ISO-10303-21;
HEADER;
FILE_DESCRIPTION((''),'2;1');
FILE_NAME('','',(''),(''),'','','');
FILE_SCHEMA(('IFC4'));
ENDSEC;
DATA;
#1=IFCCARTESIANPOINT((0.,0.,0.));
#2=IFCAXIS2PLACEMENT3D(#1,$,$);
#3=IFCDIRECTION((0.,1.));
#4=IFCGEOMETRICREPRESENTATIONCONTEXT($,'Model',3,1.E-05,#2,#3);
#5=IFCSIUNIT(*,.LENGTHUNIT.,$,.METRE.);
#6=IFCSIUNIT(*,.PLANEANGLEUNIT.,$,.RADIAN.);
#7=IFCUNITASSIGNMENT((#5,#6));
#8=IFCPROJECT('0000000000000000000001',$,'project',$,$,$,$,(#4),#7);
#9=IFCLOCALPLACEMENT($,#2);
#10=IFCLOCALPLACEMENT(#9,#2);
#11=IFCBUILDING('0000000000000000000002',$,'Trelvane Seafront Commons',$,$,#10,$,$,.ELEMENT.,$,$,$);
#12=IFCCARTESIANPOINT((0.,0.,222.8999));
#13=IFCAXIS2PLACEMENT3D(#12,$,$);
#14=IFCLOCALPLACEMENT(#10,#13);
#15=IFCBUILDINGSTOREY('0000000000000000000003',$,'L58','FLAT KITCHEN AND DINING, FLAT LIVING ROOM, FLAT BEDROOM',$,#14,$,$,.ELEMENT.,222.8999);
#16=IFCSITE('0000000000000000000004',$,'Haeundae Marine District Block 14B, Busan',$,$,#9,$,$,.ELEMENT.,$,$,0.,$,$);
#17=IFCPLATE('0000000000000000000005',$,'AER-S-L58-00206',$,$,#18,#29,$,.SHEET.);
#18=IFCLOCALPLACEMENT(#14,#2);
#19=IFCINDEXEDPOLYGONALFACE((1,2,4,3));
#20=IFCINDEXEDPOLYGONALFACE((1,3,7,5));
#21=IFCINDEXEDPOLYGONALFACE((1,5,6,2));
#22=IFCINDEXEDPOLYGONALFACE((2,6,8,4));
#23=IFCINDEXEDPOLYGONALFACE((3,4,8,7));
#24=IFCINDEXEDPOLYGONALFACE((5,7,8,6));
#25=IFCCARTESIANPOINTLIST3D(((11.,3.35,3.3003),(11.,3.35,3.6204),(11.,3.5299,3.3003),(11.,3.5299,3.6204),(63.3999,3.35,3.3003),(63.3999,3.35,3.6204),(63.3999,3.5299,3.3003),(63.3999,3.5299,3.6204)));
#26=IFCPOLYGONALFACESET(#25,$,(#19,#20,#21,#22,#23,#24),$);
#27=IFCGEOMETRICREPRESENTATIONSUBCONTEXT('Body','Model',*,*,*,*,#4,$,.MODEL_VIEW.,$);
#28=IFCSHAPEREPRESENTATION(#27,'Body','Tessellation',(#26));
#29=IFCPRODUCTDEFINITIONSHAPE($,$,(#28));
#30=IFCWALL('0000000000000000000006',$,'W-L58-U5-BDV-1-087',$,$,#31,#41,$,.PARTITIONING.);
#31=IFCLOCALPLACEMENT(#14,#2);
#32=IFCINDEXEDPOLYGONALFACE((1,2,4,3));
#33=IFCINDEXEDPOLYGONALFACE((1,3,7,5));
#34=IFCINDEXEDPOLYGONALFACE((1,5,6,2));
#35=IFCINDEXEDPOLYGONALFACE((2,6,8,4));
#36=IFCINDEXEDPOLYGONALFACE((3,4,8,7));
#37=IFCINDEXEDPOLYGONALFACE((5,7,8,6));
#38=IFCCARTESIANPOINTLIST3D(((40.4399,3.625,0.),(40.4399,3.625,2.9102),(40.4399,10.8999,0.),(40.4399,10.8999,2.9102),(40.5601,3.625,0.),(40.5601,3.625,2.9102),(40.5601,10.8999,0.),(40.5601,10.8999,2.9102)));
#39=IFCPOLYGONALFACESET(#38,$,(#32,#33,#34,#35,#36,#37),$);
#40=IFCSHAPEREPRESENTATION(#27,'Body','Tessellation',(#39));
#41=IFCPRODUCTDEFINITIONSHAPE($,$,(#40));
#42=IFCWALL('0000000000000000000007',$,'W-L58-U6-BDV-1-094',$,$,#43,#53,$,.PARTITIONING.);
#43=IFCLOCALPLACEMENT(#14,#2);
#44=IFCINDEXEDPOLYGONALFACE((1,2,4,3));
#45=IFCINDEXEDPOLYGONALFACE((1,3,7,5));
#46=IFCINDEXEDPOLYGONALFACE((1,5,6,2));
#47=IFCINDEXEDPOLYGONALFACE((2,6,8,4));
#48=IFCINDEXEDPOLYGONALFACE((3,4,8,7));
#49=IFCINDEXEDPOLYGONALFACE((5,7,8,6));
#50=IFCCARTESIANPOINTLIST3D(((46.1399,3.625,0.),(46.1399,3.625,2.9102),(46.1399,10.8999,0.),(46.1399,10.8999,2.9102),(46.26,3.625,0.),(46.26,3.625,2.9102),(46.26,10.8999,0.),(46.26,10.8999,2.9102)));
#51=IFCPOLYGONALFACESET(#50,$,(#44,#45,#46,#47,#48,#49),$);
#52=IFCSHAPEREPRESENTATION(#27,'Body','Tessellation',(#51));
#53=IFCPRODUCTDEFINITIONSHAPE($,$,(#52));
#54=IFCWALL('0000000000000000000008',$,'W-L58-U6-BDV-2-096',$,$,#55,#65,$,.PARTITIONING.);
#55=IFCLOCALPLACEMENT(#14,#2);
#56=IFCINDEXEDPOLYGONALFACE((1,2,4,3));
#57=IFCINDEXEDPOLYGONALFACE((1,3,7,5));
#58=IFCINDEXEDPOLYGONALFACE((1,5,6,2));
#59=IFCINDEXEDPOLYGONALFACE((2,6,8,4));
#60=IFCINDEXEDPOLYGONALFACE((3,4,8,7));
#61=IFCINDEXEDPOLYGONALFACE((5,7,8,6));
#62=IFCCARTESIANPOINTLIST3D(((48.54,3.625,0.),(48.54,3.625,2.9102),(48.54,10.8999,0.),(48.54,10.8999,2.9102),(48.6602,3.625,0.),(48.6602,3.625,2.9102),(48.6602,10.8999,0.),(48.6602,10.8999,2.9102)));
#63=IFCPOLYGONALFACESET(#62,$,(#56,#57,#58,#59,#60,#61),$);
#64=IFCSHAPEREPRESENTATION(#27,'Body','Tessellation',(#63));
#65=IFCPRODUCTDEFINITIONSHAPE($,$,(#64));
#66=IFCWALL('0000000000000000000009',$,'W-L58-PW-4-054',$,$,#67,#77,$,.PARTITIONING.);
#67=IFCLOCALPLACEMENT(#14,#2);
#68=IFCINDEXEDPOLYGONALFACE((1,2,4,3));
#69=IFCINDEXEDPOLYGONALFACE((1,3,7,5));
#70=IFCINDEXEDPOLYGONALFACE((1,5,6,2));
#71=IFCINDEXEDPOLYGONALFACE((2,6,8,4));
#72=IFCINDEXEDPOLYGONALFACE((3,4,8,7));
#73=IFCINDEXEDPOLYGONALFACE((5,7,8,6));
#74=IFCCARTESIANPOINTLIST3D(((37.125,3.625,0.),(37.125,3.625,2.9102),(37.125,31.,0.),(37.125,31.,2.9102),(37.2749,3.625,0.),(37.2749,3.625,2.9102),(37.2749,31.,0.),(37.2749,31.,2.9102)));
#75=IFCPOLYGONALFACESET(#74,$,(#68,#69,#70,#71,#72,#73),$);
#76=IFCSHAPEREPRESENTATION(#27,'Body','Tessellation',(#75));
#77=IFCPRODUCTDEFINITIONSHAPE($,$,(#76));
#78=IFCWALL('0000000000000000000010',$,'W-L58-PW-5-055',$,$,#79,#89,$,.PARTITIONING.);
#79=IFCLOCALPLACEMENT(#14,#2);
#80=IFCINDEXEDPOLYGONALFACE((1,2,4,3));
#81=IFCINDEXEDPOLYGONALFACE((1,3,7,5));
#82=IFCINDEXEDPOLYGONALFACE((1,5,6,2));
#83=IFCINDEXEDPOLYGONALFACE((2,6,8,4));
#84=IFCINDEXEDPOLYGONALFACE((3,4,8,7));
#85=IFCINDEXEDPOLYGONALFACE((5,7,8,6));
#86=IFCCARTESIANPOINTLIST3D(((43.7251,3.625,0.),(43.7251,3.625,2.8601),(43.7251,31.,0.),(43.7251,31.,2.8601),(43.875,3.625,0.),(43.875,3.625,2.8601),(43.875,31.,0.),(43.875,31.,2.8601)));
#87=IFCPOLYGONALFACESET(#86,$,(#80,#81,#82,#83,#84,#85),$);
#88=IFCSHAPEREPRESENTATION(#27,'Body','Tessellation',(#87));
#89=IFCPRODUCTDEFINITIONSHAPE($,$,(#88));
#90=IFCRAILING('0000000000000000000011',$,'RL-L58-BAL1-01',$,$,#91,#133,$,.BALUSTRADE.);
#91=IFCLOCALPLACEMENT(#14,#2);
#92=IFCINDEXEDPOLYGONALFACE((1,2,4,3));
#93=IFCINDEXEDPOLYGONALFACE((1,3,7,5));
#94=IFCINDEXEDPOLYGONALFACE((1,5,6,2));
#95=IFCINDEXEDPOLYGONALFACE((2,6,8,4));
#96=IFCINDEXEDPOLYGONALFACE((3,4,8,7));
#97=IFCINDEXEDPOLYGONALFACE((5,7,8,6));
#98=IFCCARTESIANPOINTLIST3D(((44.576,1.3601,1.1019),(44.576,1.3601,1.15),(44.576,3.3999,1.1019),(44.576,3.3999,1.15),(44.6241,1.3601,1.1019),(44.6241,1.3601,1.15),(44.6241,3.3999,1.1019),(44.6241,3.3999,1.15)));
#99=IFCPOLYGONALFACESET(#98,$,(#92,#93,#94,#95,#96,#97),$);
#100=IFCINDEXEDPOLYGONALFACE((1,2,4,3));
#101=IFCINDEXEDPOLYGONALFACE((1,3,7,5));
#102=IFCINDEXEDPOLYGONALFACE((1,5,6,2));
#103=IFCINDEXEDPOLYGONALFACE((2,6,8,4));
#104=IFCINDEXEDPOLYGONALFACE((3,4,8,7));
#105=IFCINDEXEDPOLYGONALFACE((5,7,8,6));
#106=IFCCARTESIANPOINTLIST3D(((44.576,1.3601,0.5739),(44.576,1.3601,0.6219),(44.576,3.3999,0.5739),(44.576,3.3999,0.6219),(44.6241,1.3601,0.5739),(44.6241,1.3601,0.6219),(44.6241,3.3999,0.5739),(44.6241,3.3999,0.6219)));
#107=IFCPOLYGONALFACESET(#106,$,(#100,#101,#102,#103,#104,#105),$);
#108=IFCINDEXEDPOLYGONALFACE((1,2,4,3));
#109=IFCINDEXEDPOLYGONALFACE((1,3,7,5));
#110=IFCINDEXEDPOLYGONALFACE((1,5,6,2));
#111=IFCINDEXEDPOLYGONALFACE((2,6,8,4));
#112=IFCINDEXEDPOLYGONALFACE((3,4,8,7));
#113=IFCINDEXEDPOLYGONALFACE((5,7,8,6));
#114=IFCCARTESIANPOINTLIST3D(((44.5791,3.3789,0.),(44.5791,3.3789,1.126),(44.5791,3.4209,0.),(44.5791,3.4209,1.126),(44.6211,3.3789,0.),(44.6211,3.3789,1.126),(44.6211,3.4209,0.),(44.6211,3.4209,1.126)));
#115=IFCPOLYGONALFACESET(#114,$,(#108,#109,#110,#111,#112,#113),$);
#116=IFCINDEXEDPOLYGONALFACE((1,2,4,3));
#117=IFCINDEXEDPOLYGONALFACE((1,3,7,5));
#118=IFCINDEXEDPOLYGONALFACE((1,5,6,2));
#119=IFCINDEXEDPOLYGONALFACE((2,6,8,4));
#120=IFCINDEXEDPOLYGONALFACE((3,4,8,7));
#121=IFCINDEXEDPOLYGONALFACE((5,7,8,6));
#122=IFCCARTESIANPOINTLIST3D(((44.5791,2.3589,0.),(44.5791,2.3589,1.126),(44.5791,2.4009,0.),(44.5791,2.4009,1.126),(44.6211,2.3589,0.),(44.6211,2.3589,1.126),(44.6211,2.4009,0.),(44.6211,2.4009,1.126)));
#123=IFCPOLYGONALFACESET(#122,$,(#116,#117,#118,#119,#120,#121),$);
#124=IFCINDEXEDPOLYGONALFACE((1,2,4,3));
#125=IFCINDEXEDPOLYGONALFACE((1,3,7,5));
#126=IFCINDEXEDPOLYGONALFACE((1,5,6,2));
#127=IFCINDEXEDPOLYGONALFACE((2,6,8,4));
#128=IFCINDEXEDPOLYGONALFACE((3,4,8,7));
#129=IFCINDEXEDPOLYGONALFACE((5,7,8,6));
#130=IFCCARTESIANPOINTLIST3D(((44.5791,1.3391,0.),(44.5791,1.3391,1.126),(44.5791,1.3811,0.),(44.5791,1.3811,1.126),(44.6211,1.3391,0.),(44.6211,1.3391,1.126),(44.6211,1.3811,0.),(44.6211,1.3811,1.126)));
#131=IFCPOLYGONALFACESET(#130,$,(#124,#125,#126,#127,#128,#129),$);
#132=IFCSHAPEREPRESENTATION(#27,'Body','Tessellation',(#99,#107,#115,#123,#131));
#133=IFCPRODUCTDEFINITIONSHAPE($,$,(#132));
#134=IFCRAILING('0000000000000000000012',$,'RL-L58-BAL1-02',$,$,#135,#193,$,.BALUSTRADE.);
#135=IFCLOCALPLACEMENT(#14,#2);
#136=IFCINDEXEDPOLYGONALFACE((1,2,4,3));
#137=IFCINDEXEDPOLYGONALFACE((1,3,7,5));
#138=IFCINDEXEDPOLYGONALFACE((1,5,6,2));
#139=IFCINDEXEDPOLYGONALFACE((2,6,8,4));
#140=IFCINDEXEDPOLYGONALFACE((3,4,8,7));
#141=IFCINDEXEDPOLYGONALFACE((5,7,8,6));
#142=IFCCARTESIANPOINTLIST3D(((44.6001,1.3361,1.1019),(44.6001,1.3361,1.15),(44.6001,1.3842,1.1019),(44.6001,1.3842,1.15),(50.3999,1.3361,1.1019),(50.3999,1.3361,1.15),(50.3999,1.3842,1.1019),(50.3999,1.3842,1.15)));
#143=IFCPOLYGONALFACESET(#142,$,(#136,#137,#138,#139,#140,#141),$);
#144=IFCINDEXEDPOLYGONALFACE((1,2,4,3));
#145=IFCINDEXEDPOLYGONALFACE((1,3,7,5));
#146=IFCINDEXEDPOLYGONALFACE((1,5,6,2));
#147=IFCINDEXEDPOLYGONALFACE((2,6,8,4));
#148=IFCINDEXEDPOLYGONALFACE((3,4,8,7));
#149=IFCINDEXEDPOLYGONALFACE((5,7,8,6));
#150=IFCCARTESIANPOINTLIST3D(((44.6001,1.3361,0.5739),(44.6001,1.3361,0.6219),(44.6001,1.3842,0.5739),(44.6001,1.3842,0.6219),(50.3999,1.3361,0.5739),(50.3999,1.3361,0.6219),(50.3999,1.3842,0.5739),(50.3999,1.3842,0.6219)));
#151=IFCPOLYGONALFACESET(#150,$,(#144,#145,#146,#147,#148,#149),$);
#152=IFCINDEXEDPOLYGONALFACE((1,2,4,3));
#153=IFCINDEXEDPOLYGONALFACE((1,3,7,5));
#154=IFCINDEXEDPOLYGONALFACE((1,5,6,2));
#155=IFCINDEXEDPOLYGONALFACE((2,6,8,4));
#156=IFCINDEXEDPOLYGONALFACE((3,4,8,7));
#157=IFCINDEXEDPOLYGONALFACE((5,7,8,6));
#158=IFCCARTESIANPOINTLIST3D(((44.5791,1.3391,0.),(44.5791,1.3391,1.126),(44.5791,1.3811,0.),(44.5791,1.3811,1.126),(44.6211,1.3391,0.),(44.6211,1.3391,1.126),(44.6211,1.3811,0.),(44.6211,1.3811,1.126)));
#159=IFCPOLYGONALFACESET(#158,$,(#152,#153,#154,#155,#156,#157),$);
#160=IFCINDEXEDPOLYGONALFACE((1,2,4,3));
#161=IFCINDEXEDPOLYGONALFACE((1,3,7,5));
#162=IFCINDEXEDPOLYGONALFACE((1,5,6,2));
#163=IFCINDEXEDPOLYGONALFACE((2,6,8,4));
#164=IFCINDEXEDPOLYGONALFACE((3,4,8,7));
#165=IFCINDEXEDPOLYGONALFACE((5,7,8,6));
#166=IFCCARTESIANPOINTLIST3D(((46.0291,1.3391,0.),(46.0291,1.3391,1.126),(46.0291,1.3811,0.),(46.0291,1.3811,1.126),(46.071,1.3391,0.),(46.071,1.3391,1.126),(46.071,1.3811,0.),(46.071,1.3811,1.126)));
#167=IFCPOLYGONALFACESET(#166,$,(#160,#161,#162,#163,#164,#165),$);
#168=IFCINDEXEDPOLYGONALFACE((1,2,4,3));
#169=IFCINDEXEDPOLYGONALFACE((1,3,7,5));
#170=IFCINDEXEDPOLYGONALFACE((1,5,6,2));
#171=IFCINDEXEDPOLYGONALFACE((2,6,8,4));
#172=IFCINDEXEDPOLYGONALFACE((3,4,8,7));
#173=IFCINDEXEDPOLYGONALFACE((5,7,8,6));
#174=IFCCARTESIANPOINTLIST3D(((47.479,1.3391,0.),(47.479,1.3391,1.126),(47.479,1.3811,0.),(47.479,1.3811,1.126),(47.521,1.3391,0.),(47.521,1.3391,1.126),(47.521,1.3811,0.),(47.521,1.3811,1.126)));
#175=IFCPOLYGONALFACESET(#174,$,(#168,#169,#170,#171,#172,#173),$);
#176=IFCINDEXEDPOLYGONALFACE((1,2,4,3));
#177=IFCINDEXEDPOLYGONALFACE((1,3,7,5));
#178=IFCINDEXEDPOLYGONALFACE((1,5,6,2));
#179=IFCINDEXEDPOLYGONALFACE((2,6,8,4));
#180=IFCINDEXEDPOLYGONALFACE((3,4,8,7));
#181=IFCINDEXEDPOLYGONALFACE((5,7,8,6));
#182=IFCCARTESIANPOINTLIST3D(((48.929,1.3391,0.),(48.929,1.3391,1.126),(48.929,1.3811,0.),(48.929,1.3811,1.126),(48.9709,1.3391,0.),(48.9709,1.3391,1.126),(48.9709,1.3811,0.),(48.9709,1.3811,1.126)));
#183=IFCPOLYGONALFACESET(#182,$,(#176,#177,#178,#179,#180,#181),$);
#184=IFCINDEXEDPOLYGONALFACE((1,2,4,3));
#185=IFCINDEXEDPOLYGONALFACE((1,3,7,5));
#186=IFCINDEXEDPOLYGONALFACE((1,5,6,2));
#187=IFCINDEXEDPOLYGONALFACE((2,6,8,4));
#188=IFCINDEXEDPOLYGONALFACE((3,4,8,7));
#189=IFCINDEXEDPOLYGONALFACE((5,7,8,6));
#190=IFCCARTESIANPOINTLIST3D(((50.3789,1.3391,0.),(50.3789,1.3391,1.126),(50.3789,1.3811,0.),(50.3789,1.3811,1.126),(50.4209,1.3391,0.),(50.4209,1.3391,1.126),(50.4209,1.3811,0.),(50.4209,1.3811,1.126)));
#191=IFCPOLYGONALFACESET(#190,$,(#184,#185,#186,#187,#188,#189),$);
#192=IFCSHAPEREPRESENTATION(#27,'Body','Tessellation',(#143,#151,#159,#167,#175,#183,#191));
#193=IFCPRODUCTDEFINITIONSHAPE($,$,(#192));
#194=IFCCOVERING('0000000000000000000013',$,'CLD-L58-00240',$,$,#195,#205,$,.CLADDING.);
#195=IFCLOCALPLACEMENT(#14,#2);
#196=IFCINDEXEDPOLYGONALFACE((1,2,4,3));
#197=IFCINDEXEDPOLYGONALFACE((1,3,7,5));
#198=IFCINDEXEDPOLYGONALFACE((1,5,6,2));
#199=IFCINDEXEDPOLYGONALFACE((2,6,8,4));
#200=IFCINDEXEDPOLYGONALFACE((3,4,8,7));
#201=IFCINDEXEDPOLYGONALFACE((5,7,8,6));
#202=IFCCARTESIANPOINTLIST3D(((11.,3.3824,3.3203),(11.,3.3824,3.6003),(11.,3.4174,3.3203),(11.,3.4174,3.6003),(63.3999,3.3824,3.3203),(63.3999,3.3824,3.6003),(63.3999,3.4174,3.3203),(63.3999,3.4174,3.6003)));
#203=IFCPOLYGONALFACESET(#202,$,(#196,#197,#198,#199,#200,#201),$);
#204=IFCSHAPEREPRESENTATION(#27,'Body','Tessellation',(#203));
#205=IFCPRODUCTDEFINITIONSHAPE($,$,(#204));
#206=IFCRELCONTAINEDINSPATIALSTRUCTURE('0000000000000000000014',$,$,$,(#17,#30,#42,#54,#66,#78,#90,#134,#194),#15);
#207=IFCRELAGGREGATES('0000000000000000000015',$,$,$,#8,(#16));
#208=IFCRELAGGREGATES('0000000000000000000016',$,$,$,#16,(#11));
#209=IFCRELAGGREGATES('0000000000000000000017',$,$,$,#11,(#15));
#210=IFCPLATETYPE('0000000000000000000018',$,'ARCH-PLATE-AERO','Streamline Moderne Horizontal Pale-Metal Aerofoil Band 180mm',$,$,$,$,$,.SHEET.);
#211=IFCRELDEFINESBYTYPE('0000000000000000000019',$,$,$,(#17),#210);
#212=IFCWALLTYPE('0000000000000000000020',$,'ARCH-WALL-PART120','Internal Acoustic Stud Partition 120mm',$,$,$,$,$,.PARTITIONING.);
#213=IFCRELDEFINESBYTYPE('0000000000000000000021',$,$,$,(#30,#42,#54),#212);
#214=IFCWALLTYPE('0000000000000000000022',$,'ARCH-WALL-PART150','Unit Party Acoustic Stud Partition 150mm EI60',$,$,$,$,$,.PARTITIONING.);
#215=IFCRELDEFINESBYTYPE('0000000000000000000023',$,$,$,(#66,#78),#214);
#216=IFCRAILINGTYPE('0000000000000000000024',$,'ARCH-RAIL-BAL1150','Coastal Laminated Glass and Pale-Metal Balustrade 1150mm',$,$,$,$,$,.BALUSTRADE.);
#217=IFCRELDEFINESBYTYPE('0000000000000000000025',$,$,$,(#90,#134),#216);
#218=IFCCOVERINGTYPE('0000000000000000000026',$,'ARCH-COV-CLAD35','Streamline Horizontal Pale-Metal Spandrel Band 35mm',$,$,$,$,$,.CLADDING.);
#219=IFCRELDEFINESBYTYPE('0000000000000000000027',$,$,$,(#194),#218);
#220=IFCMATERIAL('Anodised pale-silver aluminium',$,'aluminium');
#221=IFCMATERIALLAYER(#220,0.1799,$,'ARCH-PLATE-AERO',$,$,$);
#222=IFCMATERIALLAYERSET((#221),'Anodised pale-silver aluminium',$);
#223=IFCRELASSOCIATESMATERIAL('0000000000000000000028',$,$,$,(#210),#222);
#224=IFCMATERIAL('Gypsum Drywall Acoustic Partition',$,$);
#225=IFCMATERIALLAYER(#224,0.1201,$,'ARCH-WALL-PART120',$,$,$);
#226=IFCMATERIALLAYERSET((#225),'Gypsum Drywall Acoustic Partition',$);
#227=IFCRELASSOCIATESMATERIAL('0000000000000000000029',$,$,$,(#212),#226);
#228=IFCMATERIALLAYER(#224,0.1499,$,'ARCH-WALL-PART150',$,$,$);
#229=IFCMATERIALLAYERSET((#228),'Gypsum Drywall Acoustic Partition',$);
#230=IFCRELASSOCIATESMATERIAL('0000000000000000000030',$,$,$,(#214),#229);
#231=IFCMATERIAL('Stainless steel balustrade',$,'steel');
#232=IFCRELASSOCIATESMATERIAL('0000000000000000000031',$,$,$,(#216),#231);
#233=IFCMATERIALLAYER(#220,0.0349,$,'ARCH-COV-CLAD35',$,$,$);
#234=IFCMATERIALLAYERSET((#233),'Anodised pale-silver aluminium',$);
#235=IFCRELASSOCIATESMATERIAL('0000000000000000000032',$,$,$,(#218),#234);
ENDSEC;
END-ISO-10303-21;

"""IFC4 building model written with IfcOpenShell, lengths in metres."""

from ifc_helpers import new_model, si_unit, direction, frame, frame_2d, origin, origin_2d, place, context, subcontext, project, spatial, rectangle, extrude, source, transform, mapped, material, layer, layer_set, type_object, element, save


model = new_model("IFC4")

# Units and contexts
model_context = context("Model", 3, precision=1e-05, world=origin(), true_north=direction((0.0, 1.0)))
body_context = subcontext(model_context, "Body", "Model", "MODEL_VIEW")
ifc_project = project(units=[si_unit("LENGTHUNIT", "METRE"), si_unit("PLANEANGLEUNIT", "RADIAN")], contexts=[model_context])

# Site, building, storey
site_placement = place(None, origin())
site = spatial("IfcSite", under=ifc_project, at=site_placement, Name="Haeundae Marine District Block 14B, Busan", CompositionType="ELEMENT", RefElevation=0.0)
building_placement = place(site_placement, origin())
building = spatial("IfcBuilding", under=site, at=building_placement, Name="Trelvane Seafront Commons", CompositionType="ELEMENT")
storey_placement = place(building_placement, frame((0.0, 0.0, 222.8999)))
storey = spatial("IfcBuildingStorey", under=building, at=storey_placement, Name="L58", Description="FLAT KITCHEN AND DINING, FLAT LIVING ROOM, FLAT BEDROOM", CompositionType="ELEMENT", Elevation=222.8999)

# Plate
ifc_material_1 = material(Name="Anodised pale-silver aluminium", Category="aluminium")
ifc_layer_1 = layer(ifc_material_1, 0.1799, Name="ARCH-PLATE-AERO")
ifc_layer_set_1 = layer_set([ifc_layer_1], Name="Anodised pale-silver aluminium")
plate_type_1 = type_object("IfcPlateType", Name="ARCH-PLATE-AERO", Description="Streamline Moderne Horizontal Pale-Metal Aerofoil Band 180mm", PredefinedType="SHEET", material=ifc_layer_set_1)
shared_shape_1 = source(origin(), body_context, "Body", "SweptSolid", [
    extrude(rectangle(XDim=52.3999, YDim=0.1799, at=origin_2d()), origin(), (0.0, 0.0, 1.0), 0.3201),
])
plate_1_placement = place(storey_placement, frame((37.2, 3.4399, 3.3003), z_axis=(0.0, 0.0, 1.0), x_axis=(-1.0, 0.0, 0.0)))
element("IfcPlate", 1, at=plate_1_placement, inside=storey, type_object=plate_type_1, Name="AER-S-L58-00206", PredefinedType="SHEET", context=body_context, shape_type="MappedRepresentation", body=[
    mapped(shared_shape_1, transform((0.0, 0.0, 0.0), x_axis=(1.0, 0.0, 0.0), y_axis=(0.0, 1.0, 0.0), z_axis=(0.0, 0.0, 1.0), scale=1.0)),
])

# Shared definitions
ifc_material_2 = material(Name="Gypsum Drywall Acoustic Partition")
ifc_layer_2 = layer(ifc_material_2, 0.1201, Name="ARCH-WALL-PART120")
ifc_layer_set_2 = layer_set([ifc_layer_2], Name="Gypsum Drywall Acoustic Partition")
wall_type_1 = type_object("IfcWallType", Name="ARCH-WALL-PART120", Description="Internal Acoustic Stud Partition 120mm", PredefinedType="PARTITIONING", material=ifc_layer_set_2)

# Wall
wall_1_placement = place(storey_placement, frame((40.5, 3.625, 0.0), z_axis=(0.0, 0.0, 1.0), x_axis=(0.0, 1.0, 0.0)))
element("IfcWall", 2, at=wall_1_placement, inside=storey, type_object=wall_type_1, Name="W-L58-U5-BDV-1-087", PredefinedType="PARTITIONING", context=body_context, shape_type="SweptSolid", body=[
    extrude(rectangle(XDim=7.2749, YDim=0.1201, at=frame_2d((3.6375, 0.0))), origin(), (0.0, 0.0, 1.0), 2.9102),
])

# Walls
for number, where, z_axis, x_axis, name in (
    (3, (46.2, 3.625, 0.0), (0.0, 0.0, 1.0), (0.0, 1.0, 0.0), "W-L58-U6-BDV-1-094"),
    (4, (48.6001, 3.625, 0.0), (0.0, 0.0, 1.0), (0.0, 1.0, 0.0), "W-L58-U6-BDV-2-096"),
):
    element("IfcWall", number, at=place(storey_placement, frame(where, z_axis=z_axis, x_axis=x_axis)), inside=storey, type_object=wall_type_1, Name=name, PredefinedType="PARTITIONING", context=body_context, shape_type="SweptSolid", body=[
        extrude(rectangle(XDim=7.2749, YDim=0.1201, at=frame_2d((3.6375, 0.0))), origin(), (0.0, 0.0, 1.0), 2.9102),
    ])
ifc_layer_3 = layer(ifc_material_2, 0.1499, Name="ARCH-WALL-PART150")
ifc_layer_set_3 = layer_set([ifc_layer_3], Name="Gypsum Drywall Acoustic Partition")
wall_type_2 = type_object("IfcWallType", Name="ARCH-WALL-PART150", Description="Unit Party Acoustic Stud Partition 150mm EI60", PredefinedType="PARTITIONING", material=ifc_layer_set_3)
wall_2_placement = place(storey_placement, frame((37.2, 3.625, 0.0), z_axis=(0.0, 0.0, 1.0), x_axis=(0.0, 1.0, 0.0)))
element("IfcWall", 5, at=wall_2_placement, inside=storey, type_object=wall_type_2, Name="W-L58-PW-4-054", PredefinedType="PARTITIONING", context=body_context, shape_type="SweptSolid", body=[
    extrude(rectangle(XDim=27.375, YDim=0.1499, at=frame_2d((13.6875, 0.0))), origin(), (0.0, 0.0, 1.0), 2.9102),
])
wall_3_placement = place(storey_placement, frame((43.8, 3.625, 0.0), z_axis=(0.0, 0.0, 1.0), x_axis=(0.0, 1.0, 0.0)))
element("IfcWall", 6, at=wall_3_placement, inside=storey, type_object=wall_type_2, Name="W-L58-PW-5-055", PredefinedType="PARTITIONING", context=body_context, shape_type="SweptSolid", body=[
    extrude(rectangle(XDim=27.375, YDim=0.1499, at=frame_2d((13.6875, 0.0))), origin(), (0.0, 0.0, 1.0), 2.8601),
])

# Railings
ifc_material_3 = material(Name="Stainless steel balustrade", Category="steel")
railing_type = type_object("IfcRailingType", Name="ARCH-RAIL-BAL1150", Description="Coastal Laminated Glass and Pale-Metal Balustrade 1150mm", PredefinedType="BALUSTRADE", material=ifc_material_3)
railing_1_placement = place(storey_placement, frame((44.6001, 3.3999, 0.0)))
element("IfcRailing", 7, at=railing_1_placement, inside=storey, type_object=railing_type, Name="RL-L58-BAL1-01", PredefinedType="BALUSTRADE", context=body_context, shape_type="SweptSolid", body=[
    extrude(rectangle(XDim=0.0481, YDim=0.0481, at=origin_2d()), frame((0.0, 0.0, 1.126), z_axis=(0.0, -1.0, 0.0), x_axis=(1.0, 0.0, 0.0)), (0.0, 0.0, 1.0), 2.0398),
    extrude(rectangle(XDim=0.0481, YDim=0.0481, at=origin_2d()), frame((0.0, 0.0, 0.5979), z_axis=(0.0, -1.0, 0.0), x_axis=(1.0, 0.0, 0.0)), (0.0, 0.0, 1.0), 2.0398),
    extrude(rectangle(XDim=0.042, YDim=0.042, at=origin_2d()), origin(), (0.0, 0.0, 1.0), 1.126),
    extrude(rectangle(XDim=0.042, YDim=0.042, at=origin_2d()), frame((0.0, -1.02, 0.0)), (0.0, 0.0, 1.0), 1.126),
    extrude(rectangle(XDim=0.042, YDim=0.042, at=origin_2d()), frame((0.0, -2.0398, 0.0)), (0.0, 0.0, 1.0), 1.126),
])
railing_2_placement = place(storey_placement, frame((44.6001, 1.3601, 0.0)))
element("IfcRailing", 8, at=railing_2_placement, inside=storey, type_object=railing_type, Name="RL-L58-BAL1-02", PredefinedType="BALUSTRADE", context=body_context, shape_type="SweptSolid", body=[
    extrude(rectangle(XDim=0.0481, YDim=0.0481, at=origin_2d()), frame((0.0, 0.0, 1.126), z_axis=(1.0, 0.0, 0.0), x_axis=(0.0, 1.0, 0.0)), (0.0, 0.0, 1.0), 5.7998),
    extrude(rectangle(XDim=0.0481, YDim=0.0481, at=origin_2d()), frame((0.0, 0.0, 0.5979), z_axis=(1.0, 0.0, 0.0), x_axis=(0.0, 1.0, 0.0)), (0.0, 0.0, 1.0), 5.7998),
    extrude(rectangle(XDim=0.042, YDim=0.042, at=origin_2d()), origin(), (0.0, 0.0, 1.0), 1.126),
    extrude(rectangle(XDim=0.042, YDim=0.042, at=origin_2d()), frame((1.45, 0.0, 0.0)), (0.0, 0.0, 1.0), 1.126),
    extrude(rectangle(XDim=0.042, YDim=0.042, at=origin_2d()), frame((2.8999, 0.0, 0.0)), (0.0, 0.0, 1.0), 1.126),
    extrude(rectangle(XDim=0.042, YDim=0.042, at=origin_2d()), frame((4.3499, 0.0, 0.0)), (0.0, 0.0, 1.0), 1.126),
    extrude(rectangle(XDim=0.042, YDim=0.042, at=origin_2d()), frame((5.7998, 0.0, 0.0)), (0.0, 0.0, 1.0), 1.126),
])

# Covering
ifc_layer_4 = layer(ifc_material_1, 0.0349, Name="ARCH-COV-CLAD35")
ifc_layer_set_4 = layer_set([ifc_layer_4], Name="Anodised pale-silver aluminium")
covering_type = type_object("IfcCoveringType", Name="ARCH-COV-CLAD35", Description="Streamline Horizontal Pale-Metal Spandrel Band 35mm", PredefinedType="CLADDING", material=ifc_layer_set_4)
shared_shape_2 = source(origin(), body_context, "Body", "SweptSolid", [
    extrude(rectangle(XDim=52.3999, YDim=0.0349, at=origin_2d()), origin(), (0.0, 0.0, 1.0), 0.28),
])
covering_placement = place(storey_placement, frame((37.2, 3.3999, 3.3203), z_axis=(0.0, 0.0, 1.0), x_axis=(-1.0, 0.0, 0.0)))
element("IfcCovering", 9, at=covering_placement, inside=storey, type_object=covering_type, Name="CLD-L58-00240", PredefinedType="CLADDING", context=body_context, shape_type="MappedRepresentation", body=[
    mapped(shared_shape_2, transform((0.0, 0.0, 0.0), x_axis=(1.0, 0.0, 0.0), y_axis=(0.0, 1.0, 0.0), z_axis=(0.0, 0.0, 1.0), scale=1.0)),
])

save(model, "model.ifc")
